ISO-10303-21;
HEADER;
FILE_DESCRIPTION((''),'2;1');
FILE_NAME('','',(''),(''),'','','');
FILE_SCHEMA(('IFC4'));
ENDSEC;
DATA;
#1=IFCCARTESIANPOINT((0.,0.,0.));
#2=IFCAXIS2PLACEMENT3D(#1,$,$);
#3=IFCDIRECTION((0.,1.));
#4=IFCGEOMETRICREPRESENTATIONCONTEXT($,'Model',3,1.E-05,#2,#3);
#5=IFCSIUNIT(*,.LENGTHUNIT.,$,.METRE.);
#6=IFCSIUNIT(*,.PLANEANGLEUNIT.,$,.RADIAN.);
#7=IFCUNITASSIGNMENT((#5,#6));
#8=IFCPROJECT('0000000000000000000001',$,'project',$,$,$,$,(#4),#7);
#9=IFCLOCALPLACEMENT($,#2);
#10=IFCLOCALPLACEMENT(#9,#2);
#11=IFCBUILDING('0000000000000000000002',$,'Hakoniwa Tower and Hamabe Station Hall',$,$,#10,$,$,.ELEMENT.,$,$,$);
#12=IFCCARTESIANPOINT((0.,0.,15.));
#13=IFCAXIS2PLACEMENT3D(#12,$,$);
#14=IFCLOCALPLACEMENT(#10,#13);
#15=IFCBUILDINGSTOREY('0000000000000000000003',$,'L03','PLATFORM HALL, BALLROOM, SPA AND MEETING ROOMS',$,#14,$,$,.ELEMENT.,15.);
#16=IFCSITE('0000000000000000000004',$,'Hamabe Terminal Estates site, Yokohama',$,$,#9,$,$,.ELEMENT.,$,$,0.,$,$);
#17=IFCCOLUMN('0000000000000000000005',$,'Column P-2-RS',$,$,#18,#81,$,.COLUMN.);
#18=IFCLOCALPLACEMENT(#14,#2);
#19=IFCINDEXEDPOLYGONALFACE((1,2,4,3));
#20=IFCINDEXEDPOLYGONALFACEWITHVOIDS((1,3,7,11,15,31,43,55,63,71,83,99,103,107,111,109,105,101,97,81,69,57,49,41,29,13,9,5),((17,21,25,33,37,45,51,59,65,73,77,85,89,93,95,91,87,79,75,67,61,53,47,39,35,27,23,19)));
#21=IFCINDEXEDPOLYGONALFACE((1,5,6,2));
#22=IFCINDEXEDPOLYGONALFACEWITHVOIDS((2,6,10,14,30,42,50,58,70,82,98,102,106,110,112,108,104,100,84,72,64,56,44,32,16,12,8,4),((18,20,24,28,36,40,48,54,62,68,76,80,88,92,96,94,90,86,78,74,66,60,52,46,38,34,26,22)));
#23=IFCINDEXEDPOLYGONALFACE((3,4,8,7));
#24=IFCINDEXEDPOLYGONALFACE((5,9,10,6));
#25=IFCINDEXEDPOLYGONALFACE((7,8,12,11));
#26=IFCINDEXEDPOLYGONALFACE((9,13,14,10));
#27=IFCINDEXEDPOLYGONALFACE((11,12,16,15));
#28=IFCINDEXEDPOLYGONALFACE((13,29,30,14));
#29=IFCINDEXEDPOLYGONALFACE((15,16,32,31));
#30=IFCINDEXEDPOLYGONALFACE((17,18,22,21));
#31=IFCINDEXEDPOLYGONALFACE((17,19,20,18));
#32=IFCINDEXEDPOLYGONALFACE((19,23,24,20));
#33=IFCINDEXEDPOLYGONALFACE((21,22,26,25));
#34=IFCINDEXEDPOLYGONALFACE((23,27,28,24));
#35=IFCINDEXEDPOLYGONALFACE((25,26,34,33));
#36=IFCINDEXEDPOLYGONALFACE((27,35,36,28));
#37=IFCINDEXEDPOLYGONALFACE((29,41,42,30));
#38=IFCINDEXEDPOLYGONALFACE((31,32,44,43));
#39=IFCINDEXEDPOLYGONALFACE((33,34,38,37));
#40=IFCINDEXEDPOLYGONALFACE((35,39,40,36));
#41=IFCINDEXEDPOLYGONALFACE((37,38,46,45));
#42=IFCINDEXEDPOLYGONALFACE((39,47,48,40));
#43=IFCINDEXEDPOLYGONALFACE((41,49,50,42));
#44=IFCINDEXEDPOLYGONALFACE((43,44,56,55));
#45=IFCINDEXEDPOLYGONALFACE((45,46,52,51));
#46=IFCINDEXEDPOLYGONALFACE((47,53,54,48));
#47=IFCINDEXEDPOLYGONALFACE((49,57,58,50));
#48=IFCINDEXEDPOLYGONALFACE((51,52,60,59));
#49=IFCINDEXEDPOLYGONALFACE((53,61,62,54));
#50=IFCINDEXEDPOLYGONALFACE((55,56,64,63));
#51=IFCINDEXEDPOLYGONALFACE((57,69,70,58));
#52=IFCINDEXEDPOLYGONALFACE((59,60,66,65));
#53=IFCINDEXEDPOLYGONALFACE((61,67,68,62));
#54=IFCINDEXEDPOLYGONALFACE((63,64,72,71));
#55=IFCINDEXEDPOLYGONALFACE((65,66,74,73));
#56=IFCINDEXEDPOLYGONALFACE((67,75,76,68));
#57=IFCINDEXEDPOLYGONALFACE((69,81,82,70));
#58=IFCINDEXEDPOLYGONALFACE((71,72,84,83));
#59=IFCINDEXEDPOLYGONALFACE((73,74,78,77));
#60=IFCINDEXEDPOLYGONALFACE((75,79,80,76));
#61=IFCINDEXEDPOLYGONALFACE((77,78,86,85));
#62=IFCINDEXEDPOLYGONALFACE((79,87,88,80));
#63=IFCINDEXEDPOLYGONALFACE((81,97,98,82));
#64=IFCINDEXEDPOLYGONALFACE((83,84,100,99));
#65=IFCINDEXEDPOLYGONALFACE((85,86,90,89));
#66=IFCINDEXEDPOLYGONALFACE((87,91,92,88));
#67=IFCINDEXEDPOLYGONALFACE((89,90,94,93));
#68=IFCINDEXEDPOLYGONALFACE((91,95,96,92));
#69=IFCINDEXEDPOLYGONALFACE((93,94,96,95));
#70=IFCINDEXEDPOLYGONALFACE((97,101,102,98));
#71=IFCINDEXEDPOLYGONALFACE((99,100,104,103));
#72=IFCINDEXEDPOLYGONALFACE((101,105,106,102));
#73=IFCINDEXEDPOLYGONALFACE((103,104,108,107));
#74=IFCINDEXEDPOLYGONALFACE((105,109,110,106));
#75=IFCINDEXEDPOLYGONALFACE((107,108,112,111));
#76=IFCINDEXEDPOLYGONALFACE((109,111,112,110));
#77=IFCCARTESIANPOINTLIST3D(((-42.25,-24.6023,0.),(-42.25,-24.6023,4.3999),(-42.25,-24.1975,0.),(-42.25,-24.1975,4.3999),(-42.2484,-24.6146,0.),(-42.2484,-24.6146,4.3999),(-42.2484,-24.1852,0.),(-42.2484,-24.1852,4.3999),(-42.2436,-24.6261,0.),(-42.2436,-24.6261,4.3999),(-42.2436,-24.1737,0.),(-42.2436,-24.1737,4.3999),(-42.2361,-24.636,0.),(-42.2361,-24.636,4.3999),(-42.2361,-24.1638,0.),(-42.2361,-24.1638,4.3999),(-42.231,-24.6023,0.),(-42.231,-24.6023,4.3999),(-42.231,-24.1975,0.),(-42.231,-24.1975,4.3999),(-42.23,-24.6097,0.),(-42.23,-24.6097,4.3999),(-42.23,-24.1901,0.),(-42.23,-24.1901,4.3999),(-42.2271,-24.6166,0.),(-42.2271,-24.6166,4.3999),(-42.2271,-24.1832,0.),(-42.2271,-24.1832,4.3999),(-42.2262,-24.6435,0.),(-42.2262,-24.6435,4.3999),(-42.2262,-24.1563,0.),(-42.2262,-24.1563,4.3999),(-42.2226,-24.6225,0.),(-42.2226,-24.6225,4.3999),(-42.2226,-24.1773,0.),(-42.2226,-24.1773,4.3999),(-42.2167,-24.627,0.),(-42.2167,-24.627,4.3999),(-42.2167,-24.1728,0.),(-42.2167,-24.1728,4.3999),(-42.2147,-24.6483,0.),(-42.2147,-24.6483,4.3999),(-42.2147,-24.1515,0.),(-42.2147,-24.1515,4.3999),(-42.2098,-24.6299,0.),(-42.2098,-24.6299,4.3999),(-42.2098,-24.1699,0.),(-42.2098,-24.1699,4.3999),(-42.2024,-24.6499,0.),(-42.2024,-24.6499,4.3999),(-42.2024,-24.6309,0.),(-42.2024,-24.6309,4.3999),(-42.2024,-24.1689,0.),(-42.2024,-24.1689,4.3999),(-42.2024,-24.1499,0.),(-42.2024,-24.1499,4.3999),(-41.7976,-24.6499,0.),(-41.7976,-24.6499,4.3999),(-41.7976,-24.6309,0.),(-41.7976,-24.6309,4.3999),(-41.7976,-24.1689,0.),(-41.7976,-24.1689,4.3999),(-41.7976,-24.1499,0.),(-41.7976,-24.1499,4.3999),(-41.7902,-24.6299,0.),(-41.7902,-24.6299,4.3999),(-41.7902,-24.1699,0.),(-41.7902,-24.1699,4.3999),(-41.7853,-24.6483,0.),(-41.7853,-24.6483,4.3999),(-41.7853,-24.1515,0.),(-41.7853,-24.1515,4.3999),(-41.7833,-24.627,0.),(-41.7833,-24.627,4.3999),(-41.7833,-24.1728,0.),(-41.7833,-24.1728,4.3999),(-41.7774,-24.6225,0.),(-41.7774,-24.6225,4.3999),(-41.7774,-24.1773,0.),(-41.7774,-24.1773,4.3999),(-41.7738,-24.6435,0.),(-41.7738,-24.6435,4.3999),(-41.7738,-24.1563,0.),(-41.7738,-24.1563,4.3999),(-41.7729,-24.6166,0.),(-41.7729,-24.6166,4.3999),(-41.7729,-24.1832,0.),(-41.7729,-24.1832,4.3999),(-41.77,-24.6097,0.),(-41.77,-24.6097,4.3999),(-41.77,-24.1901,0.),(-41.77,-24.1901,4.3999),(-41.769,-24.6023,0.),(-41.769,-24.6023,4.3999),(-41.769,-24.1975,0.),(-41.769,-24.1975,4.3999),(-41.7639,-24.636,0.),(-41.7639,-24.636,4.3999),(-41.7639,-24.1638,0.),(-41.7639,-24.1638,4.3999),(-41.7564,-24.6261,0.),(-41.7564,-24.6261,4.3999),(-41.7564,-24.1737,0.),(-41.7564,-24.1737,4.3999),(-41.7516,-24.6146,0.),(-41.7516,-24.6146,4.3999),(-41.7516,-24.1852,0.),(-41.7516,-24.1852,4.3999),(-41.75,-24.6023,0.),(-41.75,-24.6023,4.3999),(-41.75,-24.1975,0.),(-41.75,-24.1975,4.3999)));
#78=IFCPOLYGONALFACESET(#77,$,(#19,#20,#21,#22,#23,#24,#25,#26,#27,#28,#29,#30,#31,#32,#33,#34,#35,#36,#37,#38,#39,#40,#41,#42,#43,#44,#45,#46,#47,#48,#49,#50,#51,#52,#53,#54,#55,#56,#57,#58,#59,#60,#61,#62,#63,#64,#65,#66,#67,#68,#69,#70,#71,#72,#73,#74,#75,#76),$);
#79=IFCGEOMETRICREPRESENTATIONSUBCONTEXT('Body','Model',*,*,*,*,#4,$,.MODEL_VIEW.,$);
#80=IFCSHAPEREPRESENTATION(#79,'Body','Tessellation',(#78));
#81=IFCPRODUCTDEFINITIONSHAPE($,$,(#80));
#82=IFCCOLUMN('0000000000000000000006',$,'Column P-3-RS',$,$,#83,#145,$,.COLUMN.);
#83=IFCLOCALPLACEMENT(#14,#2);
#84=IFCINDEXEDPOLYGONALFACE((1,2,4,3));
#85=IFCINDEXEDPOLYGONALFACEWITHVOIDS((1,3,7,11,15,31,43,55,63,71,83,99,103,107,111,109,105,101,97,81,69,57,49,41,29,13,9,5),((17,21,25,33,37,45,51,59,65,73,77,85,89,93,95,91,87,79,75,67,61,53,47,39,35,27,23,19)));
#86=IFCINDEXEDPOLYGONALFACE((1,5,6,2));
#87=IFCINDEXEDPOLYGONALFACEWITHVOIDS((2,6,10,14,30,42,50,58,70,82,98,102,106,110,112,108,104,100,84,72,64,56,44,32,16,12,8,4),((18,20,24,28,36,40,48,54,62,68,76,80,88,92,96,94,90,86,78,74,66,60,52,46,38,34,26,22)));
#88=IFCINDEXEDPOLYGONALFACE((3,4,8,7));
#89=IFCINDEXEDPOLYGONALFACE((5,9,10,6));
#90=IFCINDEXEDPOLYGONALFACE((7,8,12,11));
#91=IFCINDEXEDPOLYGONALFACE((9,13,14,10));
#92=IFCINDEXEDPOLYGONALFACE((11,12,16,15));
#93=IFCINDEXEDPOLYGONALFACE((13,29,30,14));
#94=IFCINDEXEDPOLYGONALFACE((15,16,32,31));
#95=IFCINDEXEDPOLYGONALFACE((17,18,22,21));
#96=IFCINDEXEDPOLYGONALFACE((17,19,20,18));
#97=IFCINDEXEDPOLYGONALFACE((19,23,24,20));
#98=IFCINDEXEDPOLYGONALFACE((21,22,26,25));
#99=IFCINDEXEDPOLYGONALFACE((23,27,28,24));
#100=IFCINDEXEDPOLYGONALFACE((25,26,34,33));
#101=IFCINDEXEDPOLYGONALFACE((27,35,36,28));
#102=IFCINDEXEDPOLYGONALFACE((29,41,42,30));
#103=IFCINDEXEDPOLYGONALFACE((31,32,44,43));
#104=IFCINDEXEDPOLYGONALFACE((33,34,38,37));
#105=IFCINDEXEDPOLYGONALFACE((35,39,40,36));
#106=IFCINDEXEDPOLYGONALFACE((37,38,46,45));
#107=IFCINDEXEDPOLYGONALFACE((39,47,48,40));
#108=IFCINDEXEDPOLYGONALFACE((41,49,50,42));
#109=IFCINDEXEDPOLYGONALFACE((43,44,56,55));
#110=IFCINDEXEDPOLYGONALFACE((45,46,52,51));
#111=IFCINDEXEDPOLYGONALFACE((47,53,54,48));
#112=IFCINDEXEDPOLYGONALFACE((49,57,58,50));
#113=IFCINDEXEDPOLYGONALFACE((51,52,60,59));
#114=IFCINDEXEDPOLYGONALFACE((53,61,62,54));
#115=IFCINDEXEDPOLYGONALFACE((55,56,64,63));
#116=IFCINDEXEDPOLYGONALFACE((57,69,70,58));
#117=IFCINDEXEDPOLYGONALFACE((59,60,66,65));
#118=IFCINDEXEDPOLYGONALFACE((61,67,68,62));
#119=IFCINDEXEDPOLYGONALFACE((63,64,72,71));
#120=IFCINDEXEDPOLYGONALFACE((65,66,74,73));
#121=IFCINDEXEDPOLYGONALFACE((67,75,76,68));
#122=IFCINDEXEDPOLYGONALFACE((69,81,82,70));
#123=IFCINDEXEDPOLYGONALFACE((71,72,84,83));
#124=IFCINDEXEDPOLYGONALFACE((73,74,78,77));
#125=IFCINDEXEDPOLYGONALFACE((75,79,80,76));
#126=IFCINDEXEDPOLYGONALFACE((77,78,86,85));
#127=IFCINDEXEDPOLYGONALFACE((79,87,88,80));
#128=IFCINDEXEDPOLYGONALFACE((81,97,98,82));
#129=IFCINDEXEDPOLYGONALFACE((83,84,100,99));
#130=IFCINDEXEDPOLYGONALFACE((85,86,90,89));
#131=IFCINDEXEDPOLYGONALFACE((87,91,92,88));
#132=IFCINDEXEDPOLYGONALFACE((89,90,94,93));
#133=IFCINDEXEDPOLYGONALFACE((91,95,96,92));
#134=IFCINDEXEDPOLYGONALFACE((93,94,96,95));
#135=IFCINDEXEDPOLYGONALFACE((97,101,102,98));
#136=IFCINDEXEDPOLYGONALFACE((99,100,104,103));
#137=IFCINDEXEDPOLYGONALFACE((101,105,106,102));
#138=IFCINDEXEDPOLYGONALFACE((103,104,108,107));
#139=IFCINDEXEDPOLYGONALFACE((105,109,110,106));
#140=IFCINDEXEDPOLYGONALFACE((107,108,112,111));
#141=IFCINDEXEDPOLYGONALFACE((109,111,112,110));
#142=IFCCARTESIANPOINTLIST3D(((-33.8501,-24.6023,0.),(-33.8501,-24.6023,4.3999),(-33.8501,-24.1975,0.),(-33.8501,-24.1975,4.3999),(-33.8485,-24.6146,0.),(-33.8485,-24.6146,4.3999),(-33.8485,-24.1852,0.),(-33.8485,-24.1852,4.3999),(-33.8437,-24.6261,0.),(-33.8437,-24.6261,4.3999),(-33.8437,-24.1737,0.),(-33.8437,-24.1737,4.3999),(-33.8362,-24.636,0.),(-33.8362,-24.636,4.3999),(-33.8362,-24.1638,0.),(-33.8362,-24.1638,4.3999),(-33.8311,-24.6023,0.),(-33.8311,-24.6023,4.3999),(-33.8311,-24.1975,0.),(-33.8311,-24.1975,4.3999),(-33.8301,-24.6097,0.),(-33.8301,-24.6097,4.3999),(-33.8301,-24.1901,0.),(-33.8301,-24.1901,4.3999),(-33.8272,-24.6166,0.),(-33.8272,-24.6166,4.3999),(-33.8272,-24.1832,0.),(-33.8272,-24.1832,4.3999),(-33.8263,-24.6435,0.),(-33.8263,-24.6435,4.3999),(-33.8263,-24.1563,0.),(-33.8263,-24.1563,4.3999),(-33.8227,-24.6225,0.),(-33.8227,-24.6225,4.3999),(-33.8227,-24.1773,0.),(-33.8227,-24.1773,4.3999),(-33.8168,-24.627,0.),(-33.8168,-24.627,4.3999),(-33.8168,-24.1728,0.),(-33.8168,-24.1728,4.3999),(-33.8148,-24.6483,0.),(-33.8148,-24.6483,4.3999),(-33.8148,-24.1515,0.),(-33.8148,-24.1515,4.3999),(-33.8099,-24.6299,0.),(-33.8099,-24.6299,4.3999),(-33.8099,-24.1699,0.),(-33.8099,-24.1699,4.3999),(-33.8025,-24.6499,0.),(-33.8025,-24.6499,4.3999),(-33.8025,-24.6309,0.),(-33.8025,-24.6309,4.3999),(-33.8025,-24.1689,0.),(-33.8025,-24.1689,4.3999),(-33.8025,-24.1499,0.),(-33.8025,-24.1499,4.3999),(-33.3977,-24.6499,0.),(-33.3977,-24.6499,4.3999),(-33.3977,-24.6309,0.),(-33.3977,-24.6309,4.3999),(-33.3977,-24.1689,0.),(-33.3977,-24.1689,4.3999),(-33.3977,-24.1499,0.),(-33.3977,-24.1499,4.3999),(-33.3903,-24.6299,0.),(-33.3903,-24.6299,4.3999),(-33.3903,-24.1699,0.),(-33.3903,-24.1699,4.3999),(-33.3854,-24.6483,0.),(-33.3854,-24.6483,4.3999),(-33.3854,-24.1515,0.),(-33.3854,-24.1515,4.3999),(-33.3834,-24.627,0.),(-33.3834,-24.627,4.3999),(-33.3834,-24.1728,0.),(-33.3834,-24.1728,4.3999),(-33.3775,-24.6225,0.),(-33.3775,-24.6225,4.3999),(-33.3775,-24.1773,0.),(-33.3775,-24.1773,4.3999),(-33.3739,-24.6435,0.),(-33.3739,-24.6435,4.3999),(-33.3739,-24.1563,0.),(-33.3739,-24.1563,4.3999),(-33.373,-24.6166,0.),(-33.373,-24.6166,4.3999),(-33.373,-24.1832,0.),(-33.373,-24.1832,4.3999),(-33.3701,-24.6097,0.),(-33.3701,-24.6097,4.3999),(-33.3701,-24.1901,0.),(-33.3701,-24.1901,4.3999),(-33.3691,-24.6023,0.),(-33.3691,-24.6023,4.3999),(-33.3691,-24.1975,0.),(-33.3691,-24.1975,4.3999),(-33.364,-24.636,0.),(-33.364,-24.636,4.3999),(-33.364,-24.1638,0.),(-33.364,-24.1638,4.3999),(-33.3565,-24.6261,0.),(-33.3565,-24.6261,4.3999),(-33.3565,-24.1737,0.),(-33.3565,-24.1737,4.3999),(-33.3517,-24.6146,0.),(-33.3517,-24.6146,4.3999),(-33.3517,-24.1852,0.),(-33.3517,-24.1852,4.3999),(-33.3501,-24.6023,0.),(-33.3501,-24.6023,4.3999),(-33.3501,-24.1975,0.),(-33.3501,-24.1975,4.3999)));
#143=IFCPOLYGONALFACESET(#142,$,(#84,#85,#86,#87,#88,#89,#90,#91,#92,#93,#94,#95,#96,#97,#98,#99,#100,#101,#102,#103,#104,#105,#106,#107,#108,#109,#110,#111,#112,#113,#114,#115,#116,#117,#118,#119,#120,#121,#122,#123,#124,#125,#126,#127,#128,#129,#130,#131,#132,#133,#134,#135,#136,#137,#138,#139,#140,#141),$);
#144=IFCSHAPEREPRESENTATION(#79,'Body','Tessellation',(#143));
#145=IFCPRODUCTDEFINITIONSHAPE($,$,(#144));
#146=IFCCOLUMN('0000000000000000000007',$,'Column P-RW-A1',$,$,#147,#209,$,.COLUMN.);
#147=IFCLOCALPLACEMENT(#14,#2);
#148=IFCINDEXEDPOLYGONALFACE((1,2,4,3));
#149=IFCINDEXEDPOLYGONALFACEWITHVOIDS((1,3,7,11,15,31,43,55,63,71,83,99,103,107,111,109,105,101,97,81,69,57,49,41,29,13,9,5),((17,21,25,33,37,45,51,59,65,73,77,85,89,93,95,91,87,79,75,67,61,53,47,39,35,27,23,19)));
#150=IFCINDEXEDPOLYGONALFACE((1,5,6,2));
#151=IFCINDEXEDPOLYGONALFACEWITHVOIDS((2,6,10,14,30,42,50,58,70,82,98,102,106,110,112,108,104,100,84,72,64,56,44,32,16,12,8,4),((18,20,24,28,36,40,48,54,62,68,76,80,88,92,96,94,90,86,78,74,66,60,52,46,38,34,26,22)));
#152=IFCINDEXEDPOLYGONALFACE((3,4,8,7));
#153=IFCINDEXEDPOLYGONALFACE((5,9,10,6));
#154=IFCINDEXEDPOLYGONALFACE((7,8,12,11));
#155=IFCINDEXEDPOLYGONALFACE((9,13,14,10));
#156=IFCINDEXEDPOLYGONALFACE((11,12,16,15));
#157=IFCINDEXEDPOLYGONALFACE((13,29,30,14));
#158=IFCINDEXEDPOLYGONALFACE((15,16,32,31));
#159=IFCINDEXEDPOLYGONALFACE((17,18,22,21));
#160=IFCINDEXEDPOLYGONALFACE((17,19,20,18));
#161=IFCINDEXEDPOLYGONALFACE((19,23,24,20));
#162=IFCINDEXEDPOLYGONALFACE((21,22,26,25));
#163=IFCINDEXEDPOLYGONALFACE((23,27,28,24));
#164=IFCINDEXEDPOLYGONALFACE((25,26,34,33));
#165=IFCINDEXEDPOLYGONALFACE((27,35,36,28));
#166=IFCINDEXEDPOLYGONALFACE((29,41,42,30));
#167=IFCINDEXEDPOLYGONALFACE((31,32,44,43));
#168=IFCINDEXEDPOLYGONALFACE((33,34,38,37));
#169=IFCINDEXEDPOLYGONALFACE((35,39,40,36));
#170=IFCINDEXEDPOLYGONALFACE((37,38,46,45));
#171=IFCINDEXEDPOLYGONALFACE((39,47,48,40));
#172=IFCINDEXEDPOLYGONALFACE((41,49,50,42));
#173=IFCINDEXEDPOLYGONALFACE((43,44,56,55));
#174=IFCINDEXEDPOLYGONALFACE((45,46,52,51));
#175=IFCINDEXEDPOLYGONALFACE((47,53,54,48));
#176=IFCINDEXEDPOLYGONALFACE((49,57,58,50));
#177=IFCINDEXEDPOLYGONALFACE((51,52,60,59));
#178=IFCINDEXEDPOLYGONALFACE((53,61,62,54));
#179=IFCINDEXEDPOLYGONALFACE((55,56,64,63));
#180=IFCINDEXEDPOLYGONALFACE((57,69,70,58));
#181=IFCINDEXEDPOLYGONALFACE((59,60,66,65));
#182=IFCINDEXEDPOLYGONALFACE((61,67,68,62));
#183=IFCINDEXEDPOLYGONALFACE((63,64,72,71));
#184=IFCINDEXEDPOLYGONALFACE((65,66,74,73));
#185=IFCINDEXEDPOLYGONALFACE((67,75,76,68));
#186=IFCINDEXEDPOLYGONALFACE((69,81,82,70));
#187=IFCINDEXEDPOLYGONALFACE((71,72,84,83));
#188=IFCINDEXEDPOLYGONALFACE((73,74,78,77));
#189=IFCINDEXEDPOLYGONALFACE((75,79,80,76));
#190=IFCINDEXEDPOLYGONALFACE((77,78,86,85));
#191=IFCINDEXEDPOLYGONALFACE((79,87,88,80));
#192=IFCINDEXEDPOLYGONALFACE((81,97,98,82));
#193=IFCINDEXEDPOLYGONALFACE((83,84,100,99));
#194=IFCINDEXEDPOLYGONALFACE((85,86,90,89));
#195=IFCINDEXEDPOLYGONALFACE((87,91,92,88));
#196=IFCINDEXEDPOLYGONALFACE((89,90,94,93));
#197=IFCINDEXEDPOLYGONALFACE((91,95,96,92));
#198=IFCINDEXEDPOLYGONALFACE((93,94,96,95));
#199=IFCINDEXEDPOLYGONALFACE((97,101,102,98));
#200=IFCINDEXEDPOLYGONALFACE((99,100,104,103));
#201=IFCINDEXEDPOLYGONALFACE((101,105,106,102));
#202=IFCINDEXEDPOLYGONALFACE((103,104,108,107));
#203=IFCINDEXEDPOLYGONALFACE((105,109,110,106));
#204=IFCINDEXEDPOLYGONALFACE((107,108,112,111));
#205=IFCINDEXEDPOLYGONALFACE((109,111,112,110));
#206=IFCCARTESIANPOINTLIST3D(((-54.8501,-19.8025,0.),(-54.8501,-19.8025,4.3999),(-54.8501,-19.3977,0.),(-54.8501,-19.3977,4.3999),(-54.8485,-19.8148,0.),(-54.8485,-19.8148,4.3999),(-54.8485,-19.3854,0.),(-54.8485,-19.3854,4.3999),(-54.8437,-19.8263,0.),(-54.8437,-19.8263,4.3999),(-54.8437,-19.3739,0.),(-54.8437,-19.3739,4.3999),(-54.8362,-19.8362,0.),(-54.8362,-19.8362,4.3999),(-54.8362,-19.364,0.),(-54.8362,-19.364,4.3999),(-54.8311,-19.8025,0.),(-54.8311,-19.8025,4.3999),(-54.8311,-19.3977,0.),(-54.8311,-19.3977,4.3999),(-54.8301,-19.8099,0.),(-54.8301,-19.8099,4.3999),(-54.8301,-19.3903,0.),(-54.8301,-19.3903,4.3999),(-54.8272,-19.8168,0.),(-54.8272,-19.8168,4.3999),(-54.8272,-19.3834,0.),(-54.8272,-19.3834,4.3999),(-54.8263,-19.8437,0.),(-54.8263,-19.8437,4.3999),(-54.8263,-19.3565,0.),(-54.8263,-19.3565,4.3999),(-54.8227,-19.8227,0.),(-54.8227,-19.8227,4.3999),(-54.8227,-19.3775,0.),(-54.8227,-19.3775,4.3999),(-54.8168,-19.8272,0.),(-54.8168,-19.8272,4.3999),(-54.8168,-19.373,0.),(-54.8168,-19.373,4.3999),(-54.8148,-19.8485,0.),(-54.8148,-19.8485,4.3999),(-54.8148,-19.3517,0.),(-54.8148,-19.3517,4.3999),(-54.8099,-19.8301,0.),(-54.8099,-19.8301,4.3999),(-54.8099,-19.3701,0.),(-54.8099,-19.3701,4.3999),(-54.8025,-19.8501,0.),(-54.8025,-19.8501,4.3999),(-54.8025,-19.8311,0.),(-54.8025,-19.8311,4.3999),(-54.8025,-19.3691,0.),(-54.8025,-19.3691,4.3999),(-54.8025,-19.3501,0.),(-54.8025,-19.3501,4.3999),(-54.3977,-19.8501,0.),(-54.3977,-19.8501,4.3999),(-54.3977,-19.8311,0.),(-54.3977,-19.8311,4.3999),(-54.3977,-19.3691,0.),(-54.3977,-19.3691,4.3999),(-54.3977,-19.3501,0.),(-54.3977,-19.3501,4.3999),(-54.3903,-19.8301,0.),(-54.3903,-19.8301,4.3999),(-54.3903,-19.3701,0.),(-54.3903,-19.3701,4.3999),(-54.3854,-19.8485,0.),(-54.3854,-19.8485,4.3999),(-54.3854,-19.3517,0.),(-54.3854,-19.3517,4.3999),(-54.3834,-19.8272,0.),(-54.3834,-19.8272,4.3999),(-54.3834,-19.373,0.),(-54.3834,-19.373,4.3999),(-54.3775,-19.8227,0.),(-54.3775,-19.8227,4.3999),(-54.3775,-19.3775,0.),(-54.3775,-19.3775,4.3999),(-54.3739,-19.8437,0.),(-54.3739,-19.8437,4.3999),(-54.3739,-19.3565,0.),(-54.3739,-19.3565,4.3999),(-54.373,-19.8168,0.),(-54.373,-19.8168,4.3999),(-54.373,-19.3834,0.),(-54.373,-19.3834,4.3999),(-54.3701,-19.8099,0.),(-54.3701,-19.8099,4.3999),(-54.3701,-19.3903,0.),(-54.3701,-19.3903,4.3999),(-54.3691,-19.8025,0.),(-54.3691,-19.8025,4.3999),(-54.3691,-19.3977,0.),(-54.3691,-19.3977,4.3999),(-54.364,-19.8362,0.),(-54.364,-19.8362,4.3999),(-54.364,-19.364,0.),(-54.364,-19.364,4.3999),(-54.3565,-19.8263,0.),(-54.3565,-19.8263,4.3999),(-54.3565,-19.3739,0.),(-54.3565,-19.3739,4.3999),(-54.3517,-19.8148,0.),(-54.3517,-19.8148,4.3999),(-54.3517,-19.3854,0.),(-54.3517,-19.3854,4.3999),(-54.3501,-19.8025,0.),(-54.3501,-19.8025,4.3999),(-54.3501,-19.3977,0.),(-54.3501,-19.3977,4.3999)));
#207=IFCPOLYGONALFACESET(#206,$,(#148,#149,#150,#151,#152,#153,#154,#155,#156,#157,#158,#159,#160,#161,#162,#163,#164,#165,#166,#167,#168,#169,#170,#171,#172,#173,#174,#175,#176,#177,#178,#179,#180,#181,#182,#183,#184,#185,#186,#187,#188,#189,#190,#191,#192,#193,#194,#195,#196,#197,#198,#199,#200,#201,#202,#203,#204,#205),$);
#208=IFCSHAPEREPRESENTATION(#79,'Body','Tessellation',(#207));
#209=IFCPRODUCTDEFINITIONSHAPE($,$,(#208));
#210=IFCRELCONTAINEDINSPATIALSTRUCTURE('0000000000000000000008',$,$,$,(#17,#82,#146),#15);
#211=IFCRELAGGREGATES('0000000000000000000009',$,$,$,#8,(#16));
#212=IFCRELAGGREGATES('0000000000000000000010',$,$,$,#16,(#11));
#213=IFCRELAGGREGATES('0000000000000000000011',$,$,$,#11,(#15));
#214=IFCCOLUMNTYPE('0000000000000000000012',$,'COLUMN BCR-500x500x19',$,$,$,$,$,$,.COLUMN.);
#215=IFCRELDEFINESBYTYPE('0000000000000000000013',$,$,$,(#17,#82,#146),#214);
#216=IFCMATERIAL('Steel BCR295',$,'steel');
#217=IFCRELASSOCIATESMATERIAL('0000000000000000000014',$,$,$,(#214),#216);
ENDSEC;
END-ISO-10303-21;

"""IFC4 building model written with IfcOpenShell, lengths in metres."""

from ifc_helpers import new_model, si_unit, direction, frame, origin, origin_2d, place, context, subcontext, project, spatial, hollow_rectangle, extrude, material, material_profile, profile_set, type_object, element, save


model = new_model("IFC4")

# Units and contexts
model_context = context("Model", 3, precision=1e-05, world=origin(), true_north=direction((0.0, 1.0)))
body_context = subcontext(model_context, "Body", "Model", "MODEL_VIEW")
ifc_project = project(units=[si_unit("LENGTHUNIT", "METRE"), si_unit("PLANEANGLEUNIT", "RADIAN")], contexts=[model_context])

# Site, building, storey
site_placement = place(None, origin())
site = spatial("IfcSite", under=ifc_project, at=site_placement, Name="Hamabe Terminal Estates site, Yokohama", CompositionType="ELEMENT", RefElevation=0.0)
building_placement = place(site_placement, origin())
building = spatial("IfcBuilding", under=site, at=building_placement, Name="Hakoniwa Tower and Hamabe Station Hall", CompositionType="ELEMENT")
storey_placement = place(building_placement, frame((0.0, 0.0, 15.0)))
storey = spatial("IfcBuildingStorey", under=building, at=storey_placement, Name="L03", Description="PLATFORM HALL, BALLROOM, SPA AND MEETING ROOMS", CompositionType="ELEMENT", Elevation=15.0)

# Columns
ifc_material_1 = material(Name="Steel BCR295", Category="steel")
ifc_material_profile_1 = material_profile(ifc_material_1, hollow_rectangle(XDim=0.5, YDim=0.5, WallThickness=0.019, InnerFilletRadius=0.0286, OuterFilletRadius=0.0476, at=origin_2d()), Name="BCR-500x500x19")
ifc_profile_set_1 = profile_set([ifc_material_profile_1], Name="Steel BCR295")
column_type_1 = type_object("IfcColumnType", Name="COLUMN BCR-500x500x19", PredefinedType="COLUMN", material=ifc_profile_set_1)
for number, where, z_axis, x_axis, name in (
    (1, (-42.0, -24.3999, 0.0), (0.0, 0.0, 1.0), (1.0, 0.0, 0.0), "Column P-2-RS"),
    (2, (-33.6001, -24.3999, 0.0), (0.0, 0.0, 1.0), (1.0, 0.0, 0.0), "Column P-3-RS"),
    (3, (-54.6001, -19.6001, 0.0), (0.0, 0.0, 1.0), (1.0, 0.0, 0.0), "Column P-RW-A1"),
):
    element("IfcColumn", number, at=place(storey_placement, frame(where, z_axis=z_axis, x_axis=x_axis)), inside=storey, type_object=column_type_1, Name=name, PredefinedType="COLUMN", context=body_context, shape_type="SweptSolid", body=[
        extrude(hollow_rectangle(XDim=0.5, YDim=0.5, WallThickness=0.019, InnerFilletRadius=0.0286, OuterFilletRadius=0.0476, at=origin_2d()), origin(), (0.0, 0.0, 1.0), 4.3999),
    ])

save(model, "model.ifc")
